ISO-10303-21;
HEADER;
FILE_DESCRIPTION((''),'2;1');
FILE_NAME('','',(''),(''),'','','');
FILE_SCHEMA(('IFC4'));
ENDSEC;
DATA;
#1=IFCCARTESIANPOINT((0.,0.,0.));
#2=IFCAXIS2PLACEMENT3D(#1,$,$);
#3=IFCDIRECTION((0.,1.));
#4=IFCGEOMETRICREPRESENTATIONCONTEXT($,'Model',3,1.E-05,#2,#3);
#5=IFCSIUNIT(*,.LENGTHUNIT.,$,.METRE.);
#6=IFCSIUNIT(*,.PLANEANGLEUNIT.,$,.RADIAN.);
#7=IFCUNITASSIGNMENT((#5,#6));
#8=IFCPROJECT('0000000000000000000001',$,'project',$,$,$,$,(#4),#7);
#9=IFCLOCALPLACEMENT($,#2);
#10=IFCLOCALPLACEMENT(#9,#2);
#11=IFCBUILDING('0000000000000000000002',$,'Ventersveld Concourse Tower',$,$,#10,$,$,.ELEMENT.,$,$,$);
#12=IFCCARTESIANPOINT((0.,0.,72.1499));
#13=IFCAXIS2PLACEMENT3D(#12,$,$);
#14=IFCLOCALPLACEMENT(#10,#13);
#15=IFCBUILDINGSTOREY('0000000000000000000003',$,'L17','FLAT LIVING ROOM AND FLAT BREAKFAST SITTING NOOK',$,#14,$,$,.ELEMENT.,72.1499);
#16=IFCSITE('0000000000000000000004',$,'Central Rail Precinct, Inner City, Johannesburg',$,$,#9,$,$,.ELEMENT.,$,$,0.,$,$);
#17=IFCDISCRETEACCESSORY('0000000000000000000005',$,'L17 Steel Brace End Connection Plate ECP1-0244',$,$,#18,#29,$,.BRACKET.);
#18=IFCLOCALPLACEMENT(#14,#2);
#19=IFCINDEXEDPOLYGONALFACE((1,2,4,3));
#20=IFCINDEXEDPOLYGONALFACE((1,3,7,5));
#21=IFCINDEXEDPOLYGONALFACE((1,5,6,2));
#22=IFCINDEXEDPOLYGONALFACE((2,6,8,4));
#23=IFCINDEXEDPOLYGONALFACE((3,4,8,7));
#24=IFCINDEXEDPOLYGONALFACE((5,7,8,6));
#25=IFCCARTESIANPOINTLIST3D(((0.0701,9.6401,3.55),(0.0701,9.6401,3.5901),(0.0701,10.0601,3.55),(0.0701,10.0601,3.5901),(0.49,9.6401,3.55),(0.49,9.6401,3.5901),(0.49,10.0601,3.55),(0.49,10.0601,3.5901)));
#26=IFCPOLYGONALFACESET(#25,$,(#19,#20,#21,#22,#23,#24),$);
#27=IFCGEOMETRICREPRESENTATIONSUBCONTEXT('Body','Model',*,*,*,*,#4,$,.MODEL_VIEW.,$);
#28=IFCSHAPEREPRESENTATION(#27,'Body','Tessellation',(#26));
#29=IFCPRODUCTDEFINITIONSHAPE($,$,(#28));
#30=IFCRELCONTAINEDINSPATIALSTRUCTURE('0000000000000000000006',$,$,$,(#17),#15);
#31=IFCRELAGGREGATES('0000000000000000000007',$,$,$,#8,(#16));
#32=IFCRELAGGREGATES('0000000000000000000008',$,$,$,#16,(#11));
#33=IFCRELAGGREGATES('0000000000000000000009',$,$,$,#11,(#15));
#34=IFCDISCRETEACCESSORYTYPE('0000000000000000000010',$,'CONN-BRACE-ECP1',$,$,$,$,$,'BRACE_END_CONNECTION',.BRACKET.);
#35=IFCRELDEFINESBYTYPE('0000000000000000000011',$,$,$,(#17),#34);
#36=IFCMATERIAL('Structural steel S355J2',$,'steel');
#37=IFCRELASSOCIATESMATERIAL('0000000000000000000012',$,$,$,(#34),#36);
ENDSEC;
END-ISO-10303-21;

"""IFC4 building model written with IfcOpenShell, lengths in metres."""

from ifc_helpers import new_model, si_unit, direction, frame, origin, origin_2d, place, context, subcontext, project, spatial, rectangle, extrude, material, type_object, element, save


model = new_model("IFC4")

# Units and contexts
model_context = context("Model", 3, precision=1e-05, world=origin(), true_north=direction((0.0, 1.0)))
body_context = subcontext(model_context, "Body", "Model", "MODEL_VIEW")
ifc_project = project(units=[si_unit("LENGTHUNIT", "METRE"), si_unit("PLANEANGLEUNIT", "RADIAN")], contexts=[model_context])

# Site, building, storey
site_placement = place(None, origin())
site = spatial("IfcSite", under=ifc_project, at=site_placement, Name="Central Rail Precinct, Inner City, Johannesburg", CompositionType="ELEMENT", RefElevation=0.0)
building_placement = place(site_placement, origin())
building = spatial("IfcBuilding", under=site, at=building_placement, Name="Ventersveld Concourse Tower", CompositionType="ELEMENT")
storey_placement = place(building_placement, frame((0.0, 0.0, 72.1499)))
storey = spatial("IfcBuildingStorey", under=building, at=storey_placement, Name="L17", Description="FLAT LIVING ROOM AND FLAT BREAKFAST SITTING NOOK", CompositionType="ELEMENT", Elevation=72.1499)

# Shared definitions
ifc_material_1 = material(Name="Structural steel S355J2", Category="steel")

# Discrete accessory
discrete_accessory_type = type_object("IfcDiscreteAccessoryType", Name="CONN-BRACE-ECP1", ElementType="BRACE_END_CONNECTION", PredefinedType="BRACKET", material=ifc_material_1)
discrete_accessory_placement = place(storey_placement, frame((0.28, 9.8501, 3.55), z_axis=(0.0, 0.0, 1.0), x_axis=(1.0, 0.0, 0.0)))
element("IfcDiscreteAccessory", 1, at=discrete_accessory_placement, inside=storey, type_object=discrete_accessory_type, Name="L17 Steel Brace End Connection Plate ECP1-0244", PredefinedType="BRACKET", context=body_context, shape_type="SweptSolid", body=[
    extrude(rectangle(XDim=0.4199, YDim=0.4199, at=origin_2d()), origin(), (0.0, 0.0, 1.0), 0.04),
])

save(model, "model.ifc")
